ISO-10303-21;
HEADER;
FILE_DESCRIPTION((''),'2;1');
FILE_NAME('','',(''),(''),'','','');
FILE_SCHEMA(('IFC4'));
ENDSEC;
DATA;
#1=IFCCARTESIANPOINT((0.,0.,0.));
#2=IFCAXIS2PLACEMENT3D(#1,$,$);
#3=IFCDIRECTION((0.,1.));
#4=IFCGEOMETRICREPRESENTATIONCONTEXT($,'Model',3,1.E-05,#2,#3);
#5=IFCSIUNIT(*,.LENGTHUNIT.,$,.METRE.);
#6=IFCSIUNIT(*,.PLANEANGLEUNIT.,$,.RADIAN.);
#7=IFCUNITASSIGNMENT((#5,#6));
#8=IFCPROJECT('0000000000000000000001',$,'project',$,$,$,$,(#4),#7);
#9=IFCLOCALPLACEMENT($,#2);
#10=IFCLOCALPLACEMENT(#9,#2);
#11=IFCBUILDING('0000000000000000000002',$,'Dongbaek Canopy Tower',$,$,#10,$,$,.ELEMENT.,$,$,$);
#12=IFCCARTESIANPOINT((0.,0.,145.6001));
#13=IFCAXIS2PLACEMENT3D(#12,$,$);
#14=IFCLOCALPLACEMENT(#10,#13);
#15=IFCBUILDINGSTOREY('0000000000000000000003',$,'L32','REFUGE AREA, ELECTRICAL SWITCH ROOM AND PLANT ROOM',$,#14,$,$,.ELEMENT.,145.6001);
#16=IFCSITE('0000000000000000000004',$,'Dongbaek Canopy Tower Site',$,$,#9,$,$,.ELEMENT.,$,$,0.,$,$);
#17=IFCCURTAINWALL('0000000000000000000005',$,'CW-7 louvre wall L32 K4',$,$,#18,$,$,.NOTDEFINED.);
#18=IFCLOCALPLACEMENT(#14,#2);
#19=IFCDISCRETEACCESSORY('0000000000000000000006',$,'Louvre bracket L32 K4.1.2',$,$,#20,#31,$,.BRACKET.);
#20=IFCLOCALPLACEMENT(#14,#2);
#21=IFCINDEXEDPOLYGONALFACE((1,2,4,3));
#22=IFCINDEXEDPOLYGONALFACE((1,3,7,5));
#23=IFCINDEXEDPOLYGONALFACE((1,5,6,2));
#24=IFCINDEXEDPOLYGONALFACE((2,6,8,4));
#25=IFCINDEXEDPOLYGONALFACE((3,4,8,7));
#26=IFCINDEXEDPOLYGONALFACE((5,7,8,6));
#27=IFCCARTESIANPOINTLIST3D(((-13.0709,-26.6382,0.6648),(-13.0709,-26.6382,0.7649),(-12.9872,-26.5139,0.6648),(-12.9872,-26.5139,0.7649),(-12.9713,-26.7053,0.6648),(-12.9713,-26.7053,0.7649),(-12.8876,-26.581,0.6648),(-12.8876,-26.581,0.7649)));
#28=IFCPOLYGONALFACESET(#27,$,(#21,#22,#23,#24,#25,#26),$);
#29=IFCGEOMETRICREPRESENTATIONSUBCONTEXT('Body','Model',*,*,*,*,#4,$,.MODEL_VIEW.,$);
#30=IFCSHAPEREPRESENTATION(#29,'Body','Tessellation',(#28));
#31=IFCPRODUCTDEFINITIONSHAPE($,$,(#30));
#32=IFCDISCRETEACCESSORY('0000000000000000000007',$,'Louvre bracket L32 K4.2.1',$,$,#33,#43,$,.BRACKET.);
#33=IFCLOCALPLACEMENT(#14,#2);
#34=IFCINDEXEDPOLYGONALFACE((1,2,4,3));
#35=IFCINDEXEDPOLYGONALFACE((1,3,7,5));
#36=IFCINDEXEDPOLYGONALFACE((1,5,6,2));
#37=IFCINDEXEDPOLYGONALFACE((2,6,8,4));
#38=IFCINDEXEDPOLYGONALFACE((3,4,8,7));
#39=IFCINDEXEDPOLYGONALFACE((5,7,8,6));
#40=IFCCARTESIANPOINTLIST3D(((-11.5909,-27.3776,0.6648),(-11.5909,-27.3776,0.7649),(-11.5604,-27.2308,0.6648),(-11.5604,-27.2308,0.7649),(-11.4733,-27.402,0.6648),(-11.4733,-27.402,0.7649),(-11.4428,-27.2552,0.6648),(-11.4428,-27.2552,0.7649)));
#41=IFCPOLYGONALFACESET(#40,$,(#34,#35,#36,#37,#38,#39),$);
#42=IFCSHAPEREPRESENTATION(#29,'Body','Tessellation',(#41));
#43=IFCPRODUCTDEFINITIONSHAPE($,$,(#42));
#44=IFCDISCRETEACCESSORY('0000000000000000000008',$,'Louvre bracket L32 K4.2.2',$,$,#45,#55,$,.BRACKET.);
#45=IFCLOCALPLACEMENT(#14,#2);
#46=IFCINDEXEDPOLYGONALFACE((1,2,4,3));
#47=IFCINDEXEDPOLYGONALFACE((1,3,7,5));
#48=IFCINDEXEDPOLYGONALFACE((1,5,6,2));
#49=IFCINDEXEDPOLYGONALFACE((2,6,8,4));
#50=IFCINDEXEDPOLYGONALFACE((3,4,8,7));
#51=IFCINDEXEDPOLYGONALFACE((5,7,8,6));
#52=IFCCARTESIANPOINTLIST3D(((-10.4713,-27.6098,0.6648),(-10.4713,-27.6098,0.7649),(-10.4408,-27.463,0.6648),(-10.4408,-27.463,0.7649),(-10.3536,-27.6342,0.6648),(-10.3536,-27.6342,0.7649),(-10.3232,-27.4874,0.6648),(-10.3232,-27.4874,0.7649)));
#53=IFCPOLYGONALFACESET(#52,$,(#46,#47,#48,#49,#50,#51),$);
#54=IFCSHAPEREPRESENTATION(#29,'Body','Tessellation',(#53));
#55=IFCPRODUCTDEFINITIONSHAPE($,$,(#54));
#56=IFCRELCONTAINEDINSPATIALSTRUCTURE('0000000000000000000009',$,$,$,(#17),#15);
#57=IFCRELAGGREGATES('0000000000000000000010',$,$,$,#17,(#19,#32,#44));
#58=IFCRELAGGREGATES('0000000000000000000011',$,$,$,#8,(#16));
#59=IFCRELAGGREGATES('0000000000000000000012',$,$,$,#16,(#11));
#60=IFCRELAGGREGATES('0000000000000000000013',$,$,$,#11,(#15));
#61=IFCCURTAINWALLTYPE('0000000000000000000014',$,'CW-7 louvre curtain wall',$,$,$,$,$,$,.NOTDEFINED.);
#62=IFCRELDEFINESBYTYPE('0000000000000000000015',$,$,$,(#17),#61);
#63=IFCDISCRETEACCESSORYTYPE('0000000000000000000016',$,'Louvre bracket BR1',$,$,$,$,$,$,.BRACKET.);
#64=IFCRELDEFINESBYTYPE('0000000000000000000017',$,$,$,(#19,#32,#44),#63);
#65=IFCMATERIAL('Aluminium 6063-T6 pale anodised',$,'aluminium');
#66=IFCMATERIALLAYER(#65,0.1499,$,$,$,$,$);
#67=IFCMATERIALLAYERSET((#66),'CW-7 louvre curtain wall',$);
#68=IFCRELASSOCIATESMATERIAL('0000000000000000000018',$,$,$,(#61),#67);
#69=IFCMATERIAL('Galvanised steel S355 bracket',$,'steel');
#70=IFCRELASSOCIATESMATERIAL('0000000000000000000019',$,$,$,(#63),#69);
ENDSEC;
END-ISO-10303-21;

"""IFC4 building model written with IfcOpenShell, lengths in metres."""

from ifc_helpers import new_model, si_unit, direction, frame, origin, origin_2d, place, context, subcontext, project, spatial, rectangle, extrude, material, layer, layer_set, type_object, element, aggregate, save


model = new_model("IFC4")

# Units and contexts
model_context = context("Model", 3, precision=1e-05, world=origin(), true_north=direction((0.0, 1.0)))
body_context = subcontext(model_context, "Body", "Model", "MODEL_VIEW")
ifc_project = project(units=[si_unit("LENGTHUNIT", "METRE"), si_unit("PLANEANGLEUNIT", "RADIAN")], contexts=[model_context])

# Site, building, storey
site_placement = place(None, origin())
site = spatial("IfcSite", under=ifc_project, at=site_placement, Name="Dongbaek Canopy Tower Site", CompositionType="ELEMENT", RefElevation=0.0)
building_placement = place(site_placement, origin())
building = spatial("IfcBuilding", under=site, at=building_placement, Name="Dongbaek Canopy Tower", CompositionType="ELEMENT")
storey_placement = place(building_placement, frame((0.0, 0.0, 145.6001)))
storey = spatial("IfcBuildingStorey", under=building, at=storey_placement, Name="L32", Description="REFUGE AREA, ELECTRICAL SWITCH ROOM AND PLANT ROOM", CompositionType="ELEMENT", Elevation=145.6001)

# Shared definitions
ifc_material_1 = material(Name="Aluminium 6063-T6 pale anodised", Category="aluminium")
ifc_layer_1 = layer(ifc_material_1, 0.1499)
ifc_layer_set_1 = layer_set([ifc_layer_1], Name="CW-7 louvre curtain wall")
curtain_wall_type = type_object("IfcCurtainWallType", Name="CW-7 louvre curtain wall", PredefinedType="NOTDEFINED", material=ifc_layer_set_1)

# Curtain wall
curtain_wall_1_placement = place(storey_placement, origin())
curtain_wall_1 = element("IfcCurtainWall", 1, at=curtain_wall_1_placement, inside=storey, type_object=curtain_wall_type, Name="CW-7 louvre wall L32 K4", PredefinedType="NOTDEFINED")

# Discrete accessories
ifc_material_2 = material(Name="Galvanised steel S355 bracket", Category="steel")
discrete_accessory_type = type_object("IfcDiscreteAccessoryType", Name="Louvre bracket BR1", PredefinedType="BRACKET", material=ifc_material_2)
discrete_accessory_1_placement = place(storey_placement, frame((-12.9792, -26.6096, 0.6648), z_axis=(0.0, 0.0, 1.0), x_axis=(0.829209, -0.558939, 0.0)))
discrete_accessory_1 = element("IfcDiscreteAccessory", 2, at=discrete_accessory_1_placement, type_object=discrete_accessory_type, Name="Louvre bracket L32 K4.1.2", PredefinedType="BRACKET", context=body_context, shape_type="SweptSolid", body=[
    extrude(rectangle(XDim=0.1201, YDim=0.1499, at=origin_2d()), origin(), (0.0, 0.0, 1.0), 0.1001),
])
discrete_accessory_2_placement = place(storey_placement, frame((-11.5168, -27.3164, 0.6648), z_axis=(0.0, 0.0, 1.0), x_axis=(0.979135, -0.203211, 0.0)))
discrete_accessory_2 = element("IfcDiscreteAccessory", 3, at=discrete_accessory_2_placement, type_object=discrete_accessory_type, Name="Louvre bracket L32 K4.2.1", PredefinedType="BRACKET", context=body_context, shape_type="SweptSolid", body=[
    extrude(rectangle(XDim=0.1201, YDim=0.1499, at=origin_2d()), origin(), (0.0, 0.0, 1.0), 0.1001),
])
discrete_accessory_3_placement = place(storey_placement, frame((-10.3972, -27.5486, 0.6648), z_axis=(0.0, 0.0, 1.0), x_axis=(0.979135, -0.203211, 0.0)))
discrete_accessory_3 = element("IfcDiscreteAccessory", 4, at=discrete_accessory_3_placement, type_object=discrete_accessory_type, Name="Louvre bracket L32 K4.2.2", PredefinedType="BRACKET", context=body_context, shape_type="SweptSolid", body=[
    extrude(rectangle(XDim=0.1201, YDim=0.1499, at=origin_2d()), origin(), (0.0, 0.0, 1.0), 0.1001),
])
aggregate(curtain_wall_1, [discrete_accessory_1, discrete_accessory_2, discrete_accessory_3])

save(model, "model.ifc")
